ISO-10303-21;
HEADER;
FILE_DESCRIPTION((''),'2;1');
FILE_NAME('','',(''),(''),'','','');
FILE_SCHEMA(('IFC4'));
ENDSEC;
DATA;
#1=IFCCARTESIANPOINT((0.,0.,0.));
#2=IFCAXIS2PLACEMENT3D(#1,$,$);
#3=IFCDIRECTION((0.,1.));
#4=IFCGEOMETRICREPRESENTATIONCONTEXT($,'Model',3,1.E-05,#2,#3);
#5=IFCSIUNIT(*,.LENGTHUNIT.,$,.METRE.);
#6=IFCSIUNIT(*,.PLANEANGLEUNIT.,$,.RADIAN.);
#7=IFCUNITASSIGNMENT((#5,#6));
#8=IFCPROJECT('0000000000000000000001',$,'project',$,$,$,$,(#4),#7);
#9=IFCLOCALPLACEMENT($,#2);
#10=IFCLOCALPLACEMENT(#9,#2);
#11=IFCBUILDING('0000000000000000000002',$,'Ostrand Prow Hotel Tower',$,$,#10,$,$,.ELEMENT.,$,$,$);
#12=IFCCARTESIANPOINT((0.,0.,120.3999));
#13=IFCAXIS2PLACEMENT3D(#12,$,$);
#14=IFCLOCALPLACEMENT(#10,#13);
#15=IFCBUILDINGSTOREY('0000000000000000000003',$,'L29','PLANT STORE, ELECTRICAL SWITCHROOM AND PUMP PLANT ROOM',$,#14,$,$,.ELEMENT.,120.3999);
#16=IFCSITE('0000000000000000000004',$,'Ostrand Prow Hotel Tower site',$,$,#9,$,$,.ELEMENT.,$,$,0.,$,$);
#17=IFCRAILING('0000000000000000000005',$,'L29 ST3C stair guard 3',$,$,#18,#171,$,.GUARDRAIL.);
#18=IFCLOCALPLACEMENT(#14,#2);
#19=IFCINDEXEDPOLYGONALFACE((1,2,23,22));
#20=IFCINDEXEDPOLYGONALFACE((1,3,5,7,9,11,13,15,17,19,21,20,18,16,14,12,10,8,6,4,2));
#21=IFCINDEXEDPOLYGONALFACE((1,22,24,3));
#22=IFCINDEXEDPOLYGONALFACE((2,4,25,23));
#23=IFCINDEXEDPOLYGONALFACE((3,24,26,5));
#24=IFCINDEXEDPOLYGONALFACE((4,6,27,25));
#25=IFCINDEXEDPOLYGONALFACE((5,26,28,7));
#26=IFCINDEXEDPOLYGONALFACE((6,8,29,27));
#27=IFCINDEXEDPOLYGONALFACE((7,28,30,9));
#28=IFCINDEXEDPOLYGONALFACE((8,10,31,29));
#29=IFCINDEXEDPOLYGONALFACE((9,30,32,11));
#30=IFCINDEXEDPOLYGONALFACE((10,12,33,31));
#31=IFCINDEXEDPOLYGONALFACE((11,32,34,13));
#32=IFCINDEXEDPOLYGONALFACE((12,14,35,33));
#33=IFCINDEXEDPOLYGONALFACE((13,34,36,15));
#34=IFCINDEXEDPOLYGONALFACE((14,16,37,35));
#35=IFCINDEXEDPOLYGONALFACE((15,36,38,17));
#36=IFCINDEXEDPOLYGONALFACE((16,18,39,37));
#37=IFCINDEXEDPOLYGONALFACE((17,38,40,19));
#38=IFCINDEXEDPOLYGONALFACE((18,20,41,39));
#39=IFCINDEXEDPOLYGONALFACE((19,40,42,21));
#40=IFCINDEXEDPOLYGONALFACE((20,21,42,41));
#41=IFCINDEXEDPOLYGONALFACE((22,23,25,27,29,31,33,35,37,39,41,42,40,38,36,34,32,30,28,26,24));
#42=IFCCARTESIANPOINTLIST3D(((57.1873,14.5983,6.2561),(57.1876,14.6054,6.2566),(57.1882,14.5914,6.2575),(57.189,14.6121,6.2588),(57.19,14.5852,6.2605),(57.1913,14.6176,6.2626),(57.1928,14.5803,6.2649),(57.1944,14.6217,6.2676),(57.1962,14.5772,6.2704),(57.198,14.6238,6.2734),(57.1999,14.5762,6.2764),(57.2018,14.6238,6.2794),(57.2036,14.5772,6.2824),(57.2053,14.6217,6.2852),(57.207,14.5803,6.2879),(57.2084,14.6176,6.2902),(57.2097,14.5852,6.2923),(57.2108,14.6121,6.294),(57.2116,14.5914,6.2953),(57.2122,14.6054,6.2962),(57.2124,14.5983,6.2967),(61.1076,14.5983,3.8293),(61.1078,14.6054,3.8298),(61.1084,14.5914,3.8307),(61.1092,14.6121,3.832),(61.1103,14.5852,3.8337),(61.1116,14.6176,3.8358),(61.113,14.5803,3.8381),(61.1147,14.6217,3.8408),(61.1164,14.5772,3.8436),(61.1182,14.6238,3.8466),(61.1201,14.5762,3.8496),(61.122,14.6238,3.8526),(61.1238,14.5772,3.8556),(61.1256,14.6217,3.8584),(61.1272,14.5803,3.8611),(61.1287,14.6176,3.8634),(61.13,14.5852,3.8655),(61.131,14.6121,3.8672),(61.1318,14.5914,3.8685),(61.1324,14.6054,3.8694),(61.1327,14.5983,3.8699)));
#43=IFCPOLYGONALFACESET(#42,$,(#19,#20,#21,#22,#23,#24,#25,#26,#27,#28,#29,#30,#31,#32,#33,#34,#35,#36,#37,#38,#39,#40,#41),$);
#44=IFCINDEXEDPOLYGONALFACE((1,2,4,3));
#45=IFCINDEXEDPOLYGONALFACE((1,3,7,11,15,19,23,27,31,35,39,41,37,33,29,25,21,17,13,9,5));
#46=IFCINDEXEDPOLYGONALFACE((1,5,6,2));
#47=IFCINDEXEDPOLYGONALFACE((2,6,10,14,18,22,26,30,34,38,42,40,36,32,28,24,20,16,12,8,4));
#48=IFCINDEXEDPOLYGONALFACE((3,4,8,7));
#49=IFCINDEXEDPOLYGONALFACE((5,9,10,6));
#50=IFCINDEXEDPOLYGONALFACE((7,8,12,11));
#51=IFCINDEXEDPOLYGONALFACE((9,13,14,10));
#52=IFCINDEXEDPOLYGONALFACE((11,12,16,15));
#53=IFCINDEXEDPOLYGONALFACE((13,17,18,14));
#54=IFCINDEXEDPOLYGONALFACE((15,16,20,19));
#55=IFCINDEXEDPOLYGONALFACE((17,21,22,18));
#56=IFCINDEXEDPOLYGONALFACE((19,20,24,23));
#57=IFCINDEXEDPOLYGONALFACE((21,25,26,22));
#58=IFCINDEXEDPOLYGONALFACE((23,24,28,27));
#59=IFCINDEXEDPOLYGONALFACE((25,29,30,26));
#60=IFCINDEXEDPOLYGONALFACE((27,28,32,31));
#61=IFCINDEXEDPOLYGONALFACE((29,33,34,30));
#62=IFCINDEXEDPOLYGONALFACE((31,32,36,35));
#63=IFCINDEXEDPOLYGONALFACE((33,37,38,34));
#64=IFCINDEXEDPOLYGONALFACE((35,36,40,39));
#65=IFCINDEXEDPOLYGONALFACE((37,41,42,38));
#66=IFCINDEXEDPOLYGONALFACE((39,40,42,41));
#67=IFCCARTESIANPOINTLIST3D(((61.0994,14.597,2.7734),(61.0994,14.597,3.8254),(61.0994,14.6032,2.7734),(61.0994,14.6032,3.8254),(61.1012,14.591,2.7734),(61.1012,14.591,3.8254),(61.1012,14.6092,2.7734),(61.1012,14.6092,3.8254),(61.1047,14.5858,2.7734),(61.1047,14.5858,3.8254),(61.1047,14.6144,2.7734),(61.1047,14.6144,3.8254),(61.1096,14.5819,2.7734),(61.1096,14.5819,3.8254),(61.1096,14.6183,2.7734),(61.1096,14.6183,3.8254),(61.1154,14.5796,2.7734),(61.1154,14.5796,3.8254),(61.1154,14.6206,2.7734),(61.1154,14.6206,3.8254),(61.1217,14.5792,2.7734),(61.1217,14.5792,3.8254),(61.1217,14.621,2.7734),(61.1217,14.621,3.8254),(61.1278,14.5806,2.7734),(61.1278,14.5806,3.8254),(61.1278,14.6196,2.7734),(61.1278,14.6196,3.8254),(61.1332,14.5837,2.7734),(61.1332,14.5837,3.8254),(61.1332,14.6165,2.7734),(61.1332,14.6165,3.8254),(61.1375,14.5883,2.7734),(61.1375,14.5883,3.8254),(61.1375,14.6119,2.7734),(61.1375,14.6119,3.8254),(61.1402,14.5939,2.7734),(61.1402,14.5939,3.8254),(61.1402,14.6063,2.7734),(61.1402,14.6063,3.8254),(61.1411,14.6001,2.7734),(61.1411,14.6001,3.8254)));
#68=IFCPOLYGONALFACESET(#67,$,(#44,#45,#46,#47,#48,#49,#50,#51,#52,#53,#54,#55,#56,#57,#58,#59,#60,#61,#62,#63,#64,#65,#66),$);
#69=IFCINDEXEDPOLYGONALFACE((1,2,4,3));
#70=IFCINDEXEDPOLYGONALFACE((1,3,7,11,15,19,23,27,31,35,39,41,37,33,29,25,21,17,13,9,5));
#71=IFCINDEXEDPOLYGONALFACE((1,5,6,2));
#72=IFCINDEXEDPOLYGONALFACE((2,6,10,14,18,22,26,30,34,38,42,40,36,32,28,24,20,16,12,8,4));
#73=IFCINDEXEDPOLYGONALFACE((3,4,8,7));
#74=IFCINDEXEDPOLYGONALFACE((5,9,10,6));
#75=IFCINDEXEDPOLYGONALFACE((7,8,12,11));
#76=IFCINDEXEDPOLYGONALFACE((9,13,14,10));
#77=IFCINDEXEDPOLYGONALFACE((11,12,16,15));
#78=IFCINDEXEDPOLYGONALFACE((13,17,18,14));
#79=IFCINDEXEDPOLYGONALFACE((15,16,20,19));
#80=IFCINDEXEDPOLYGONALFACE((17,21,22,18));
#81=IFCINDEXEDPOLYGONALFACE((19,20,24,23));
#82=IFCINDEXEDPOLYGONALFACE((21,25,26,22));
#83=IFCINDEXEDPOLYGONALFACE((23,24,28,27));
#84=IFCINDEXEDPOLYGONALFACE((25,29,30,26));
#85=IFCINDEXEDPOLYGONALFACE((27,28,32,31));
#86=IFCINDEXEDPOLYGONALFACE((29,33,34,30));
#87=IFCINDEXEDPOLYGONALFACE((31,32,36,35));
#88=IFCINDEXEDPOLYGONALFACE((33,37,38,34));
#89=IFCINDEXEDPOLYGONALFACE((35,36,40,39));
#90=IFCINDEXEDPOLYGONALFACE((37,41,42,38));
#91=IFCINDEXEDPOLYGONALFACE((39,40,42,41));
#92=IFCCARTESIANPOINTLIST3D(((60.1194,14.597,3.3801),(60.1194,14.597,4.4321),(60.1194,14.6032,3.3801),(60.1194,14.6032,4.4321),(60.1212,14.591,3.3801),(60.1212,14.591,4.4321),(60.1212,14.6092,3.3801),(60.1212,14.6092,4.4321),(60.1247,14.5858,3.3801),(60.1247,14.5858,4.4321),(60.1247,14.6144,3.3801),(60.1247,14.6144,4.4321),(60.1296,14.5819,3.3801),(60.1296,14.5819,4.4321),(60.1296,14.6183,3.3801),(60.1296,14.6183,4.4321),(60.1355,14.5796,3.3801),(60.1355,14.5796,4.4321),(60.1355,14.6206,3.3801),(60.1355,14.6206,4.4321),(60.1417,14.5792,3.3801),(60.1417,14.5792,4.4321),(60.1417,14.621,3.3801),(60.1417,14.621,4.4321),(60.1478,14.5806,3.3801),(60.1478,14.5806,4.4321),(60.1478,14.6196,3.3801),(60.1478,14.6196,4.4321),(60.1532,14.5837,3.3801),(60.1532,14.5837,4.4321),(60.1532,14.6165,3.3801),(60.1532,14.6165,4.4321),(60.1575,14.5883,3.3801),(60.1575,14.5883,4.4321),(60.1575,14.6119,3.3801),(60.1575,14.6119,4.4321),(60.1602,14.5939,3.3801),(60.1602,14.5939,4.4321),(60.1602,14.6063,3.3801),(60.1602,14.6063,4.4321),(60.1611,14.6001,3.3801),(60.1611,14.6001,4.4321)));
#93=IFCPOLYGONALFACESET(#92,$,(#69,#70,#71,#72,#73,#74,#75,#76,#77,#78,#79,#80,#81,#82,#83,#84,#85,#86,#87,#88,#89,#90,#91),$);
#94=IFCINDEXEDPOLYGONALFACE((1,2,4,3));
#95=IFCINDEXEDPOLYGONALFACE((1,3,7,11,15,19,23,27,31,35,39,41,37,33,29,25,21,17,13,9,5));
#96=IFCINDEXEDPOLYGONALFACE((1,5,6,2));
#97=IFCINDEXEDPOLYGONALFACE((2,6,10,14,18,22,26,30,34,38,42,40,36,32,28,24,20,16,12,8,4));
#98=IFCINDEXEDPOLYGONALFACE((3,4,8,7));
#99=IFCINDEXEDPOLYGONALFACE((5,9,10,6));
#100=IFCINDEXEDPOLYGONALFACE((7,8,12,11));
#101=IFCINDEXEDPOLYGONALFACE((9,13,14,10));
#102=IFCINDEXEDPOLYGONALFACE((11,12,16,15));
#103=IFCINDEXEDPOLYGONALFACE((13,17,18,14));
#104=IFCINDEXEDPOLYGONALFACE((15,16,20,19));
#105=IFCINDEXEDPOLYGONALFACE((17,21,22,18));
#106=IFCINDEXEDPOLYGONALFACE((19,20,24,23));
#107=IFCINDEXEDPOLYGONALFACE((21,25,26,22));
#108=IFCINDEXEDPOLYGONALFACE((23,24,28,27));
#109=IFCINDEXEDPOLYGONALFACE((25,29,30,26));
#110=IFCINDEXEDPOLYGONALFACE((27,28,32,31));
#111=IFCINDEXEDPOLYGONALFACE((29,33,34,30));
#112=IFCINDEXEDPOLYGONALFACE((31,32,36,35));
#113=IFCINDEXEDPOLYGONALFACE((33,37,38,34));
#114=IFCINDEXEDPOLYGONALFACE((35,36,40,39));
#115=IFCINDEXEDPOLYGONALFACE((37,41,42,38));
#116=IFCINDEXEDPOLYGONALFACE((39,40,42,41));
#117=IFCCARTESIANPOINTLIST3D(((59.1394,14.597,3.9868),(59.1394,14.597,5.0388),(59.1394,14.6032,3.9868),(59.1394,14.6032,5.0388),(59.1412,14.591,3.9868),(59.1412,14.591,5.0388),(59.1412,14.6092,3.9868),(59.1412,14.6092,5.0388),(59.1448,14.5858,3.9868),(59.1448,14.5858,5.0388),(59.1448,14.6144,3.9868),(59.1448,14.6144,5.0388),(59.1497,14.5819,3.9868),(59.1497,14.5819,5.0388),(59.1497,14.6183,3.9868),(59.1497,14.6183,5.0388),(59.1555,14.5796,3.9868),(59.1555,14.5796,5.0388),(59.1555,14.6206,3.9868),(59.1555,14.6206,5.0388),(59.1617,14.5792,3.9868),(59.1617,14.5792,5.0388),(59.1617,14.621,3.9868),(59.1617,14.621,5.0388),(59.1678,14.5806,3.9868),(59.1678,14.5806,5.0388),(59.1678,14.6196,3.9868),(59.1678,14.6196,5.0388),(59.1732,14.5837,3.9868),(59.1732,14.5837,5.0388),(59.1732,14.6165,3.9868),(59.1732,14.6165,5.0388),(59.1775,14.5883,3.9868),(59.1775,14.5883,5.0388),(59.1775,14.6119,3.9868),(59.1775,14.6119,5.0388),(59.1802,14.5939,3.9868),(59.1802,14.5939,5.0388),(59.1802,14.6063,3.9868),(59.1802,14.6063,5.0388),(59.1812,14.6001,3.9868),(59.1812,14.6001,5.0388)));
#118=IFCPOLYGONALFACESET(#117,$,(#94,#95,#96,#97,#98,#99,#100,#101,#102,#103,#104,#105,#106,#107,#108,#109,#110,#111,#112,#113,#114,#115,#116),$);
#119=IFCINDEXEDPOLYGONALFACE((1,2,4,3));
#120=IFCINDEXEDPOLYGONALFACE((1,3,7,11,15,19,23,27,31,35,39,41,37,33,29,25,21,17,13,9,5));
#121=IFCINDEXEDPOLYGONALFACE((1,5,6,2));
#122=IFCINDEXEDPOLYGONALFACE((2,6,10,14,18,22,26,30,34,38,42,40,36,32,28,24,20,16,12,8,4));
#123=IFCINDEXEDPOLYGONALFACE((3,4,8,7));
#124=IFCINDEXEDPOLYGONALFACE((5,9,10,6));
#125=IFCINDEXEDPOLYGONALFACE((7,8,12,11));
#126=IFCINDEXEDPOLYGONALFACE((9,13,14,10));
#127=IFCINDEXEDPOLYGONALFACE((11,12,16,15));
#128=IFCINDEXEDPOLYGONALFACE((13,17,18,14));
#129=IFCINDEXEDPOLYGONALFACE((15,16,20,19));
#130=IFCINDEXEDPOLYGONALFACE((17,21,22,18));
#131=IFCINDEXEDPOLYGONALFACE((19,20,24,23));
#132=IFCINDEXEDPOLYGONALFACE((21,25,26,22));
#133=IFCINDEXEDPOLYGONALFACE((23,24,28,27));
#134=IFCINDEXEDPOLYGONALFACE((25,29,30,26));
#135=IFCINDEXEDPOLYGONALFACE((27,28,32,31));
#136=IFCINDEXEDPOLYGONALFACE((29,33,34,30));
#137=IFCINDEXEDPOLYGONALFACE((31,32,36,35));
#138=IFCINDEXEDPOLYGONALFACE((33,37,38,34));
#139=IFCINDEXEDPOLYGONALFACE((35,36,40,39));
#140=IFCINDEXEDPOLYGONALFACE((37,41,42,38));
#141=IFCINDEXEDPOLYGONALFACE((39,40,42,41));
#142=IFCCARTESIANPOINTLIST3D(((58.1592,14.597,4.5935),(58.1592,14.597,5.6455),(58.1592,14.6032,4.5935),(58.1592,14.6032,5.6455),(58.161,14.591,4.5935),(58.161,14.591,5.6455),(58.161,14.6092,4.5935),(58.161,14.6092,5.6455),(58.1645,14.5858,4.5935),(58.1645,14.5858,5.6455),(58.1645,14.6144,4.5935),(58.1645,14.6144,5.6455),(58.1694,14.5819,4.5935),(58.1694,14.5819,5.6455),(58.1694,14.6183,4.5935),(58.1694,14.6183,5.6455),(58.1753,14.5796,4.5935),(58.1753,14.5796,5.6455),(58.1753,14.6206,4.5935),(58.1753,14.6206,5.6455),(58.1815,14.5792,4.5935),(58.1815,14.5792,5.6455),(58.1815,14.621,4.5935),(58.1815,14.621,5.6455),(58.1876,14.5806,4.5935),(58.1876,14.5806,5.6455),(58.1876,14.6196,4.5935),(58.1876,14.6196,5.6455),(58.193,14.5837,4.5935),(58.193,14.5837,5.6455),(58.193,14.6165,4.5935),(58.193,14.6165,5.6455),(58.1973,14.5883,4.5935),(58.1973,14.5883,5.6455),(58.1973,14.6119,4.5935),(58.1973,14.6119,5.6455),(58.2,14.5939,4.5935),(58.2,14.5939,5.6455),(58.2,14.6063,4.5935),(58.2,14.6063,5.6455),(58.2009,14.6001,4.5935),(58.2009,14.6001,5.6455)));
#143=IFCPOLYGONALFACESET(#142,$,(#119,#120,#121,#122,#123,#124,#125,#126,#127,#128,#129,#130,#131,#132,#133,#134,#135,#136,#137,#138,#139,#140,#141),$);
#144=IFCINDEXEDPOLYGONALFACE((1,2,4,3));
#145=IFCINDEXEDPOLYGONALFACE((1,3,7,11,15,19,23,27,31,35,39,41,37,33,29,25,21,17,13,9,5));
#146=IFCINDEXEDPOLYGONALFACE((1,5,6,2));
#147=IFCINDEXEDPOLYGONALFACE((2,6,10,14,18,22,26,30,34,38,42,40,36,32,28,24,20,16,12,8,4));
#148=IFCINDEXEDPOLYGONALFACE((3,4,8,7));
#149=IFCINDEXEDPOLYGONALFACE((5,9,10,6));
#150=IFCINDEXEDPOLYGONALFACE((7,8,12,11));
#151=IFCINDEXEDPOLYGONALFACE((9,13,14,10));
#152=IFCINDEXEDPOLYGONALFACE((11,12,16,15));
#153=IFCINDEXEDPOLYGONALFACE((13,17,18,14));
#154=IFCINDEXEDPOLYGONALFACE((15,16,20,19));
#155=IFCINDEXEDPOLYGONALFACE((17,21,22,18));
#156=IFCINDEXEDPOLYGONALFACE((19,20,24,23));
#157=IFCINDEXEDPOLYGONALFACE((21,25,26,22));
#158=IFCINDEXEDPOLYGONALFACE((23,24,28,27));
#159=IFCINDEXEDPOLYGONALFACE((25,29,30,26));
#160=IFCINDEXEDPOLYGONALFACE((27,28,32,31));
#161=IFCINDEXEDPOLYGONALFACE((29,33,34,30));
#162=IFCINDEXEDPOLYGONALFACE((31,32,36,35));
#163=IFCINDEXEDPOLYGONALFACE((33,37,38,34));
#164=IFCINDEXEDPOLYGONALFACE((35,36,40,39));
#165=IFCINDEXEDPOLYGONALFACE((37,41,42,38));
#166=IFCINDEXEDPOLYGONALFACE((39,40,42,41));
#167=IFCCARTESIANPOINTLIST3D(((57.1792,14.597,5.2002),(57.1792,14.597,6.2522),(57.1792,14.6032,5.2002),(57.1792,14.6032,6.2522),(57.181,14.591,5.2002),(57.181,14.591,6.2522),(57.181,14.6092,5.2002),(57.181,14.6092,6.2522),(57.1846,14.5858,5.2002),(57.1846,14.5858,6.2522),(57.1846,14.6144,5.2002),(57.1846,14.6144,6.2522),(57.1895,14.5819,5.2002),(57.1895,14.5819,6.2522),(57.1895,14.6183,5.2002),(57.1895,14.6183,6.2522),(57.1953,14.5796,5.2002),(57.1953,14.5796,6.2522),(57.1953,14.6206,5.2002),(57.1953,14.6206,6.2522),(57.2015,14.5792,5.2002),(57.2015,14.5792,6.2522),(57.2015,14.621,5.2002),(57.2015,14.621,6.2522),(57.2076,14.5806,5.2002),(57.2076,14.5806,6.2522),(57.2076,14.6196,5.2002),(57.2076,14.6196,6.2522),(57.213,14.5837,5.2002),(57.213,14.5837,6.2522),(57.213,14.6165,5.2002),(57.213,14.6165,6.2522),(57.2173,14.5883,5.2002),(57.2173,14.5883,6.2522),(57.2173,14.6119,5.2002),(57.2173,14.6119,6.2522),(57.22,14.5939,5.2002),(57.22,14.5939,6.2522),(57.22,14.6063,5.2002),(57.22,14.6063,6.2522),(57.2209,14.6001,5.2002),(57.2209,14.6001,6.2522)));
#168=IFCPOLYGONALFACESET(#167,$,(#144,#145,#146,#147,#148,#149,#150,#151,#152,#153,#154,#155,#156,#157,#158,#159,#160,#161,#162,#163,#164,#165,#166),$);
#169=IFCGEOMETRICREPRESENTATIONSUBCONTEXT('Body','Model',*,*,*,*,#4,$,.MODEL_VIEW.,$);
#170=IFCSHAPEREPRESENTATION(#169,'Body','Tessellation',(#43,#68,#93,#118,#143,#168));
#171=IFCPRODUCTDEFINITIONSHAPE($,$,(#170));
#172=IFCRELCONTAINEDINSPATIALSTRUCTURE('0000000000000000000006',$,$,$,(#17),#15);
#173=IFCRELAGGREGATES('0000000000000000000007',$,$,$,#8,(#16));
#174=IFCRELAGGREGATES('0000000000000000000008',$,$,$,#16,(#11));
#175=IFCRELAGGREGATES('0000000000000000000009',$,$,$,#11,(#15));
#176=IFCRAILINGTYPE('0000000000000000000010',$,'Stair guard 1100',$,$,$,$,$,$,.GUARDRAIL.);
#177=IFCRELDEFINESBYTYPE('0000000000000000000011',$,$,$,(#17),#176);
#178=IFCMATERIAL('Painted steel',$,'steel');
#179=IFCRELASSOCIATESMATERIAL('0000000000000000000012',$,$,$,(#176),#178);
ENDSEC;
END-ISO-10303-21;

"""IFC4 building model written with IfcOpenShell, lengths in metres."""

from ifc_helpers import new_model, si_unit, direction, frame, origin, origin_2d, place, context, subcontext, project, spatial, circle, extrude, material, type_object, element, save


model = new_model("IFC4")

# Units and contexts
model_context = context("Model", 3, precision=1e-05, world=origin(), true_north=direction((0.0, 1.0)))
body_context = subcontext(model_context, "Body", "Model", "MODEL_VIEW")
ifc_project = project(units=[si_unit("LENGTHUNIT", "METRE"), si_unit("PLANEANGLEUNIT", "RADIAN")], contexts=[model_context])

# Site, building, storey
site_placement = place(None, origin())
site = spatial("IfcSite", under=ifc_project, at=site_placement, Name="Ostrand Prow Hotel Tower site", CompositionType="ELEMENT", RefElevation=0.0)
building_placement = place(site_placement, origin())
building = spatial("IfcBuilding", under=site, at=building_placement, Name="Ostrand Prow Hotel Tower", CompositionType="ELEMENT")
storey_placement = place(building_placement, frame((0.0, 0.0, 120.3999)))
storey = spatial("IfcBuildingStorey", under=building, at=storey_placement, Name="L29", Description="PLANT STORE, ELECTRICAL SWITCHROOM AND PUMP PLANT ROOM", CompositionType="ELEMENT", Elevation=120.3999)

# Railing
ifc_material_1 = material(Name="Painted steel", Category="steel")
railing_type_1 = type_object("IfcRailingType", Name="Stair guard 1100", PredefinedType="GUARDRAIL", material=ifc_material_1)
railing_1_placement = place(storey_placement, frame((61.1201, 14.6001, 2.7734)))
element("IfcRailing", 1, at=railing_1_placement, inside=storey, type_object=railing_type_1, Name="L29 ST3C stair guard 3", PredefinedType="GUARDRAIL", context=body_context, shape_type="SweptSolid", body=[
    extrude(circle(Radius=0.0239, at=origin_2d()), frame((0.0, 0.0, 1.0762), z_axis=(-0.850266, 0.0, 0.526353), x_axis=(0.0, -1.0, 0.0)), (0.0, 0.0, 1.0), 4.6106),
    extrude(circle(Radius=0.021, at=origin_2d()), origin(), (0.0, 0.0, 1.0), 1.052),
    extrude(circle(Radius=0.021, at=origin_2d()), frame((-0.98, 0.0, 0.6067)), (0.0, 0.0, 1.0), 1.052),
    extrude(circle(Radius=0.021, at=origin_2d()), frame((-1.96, 0.0, 1.2134)), (0.0, 0.0, 1.0), 1.052),
    extrude(circle(Radius=0.021, at=origin_2d()), frame((-2.9402, 0.0, 1.8201)), (0.0, 0.0, 1.0), 1.052),
    extrude(circle(Radius=0.021, at=origin_2d()), frame((-3.9202, 0.0, 2.4268)), (0.0, 0.0, 1.0), 1.052),
])

save(model, "model.ifc")
